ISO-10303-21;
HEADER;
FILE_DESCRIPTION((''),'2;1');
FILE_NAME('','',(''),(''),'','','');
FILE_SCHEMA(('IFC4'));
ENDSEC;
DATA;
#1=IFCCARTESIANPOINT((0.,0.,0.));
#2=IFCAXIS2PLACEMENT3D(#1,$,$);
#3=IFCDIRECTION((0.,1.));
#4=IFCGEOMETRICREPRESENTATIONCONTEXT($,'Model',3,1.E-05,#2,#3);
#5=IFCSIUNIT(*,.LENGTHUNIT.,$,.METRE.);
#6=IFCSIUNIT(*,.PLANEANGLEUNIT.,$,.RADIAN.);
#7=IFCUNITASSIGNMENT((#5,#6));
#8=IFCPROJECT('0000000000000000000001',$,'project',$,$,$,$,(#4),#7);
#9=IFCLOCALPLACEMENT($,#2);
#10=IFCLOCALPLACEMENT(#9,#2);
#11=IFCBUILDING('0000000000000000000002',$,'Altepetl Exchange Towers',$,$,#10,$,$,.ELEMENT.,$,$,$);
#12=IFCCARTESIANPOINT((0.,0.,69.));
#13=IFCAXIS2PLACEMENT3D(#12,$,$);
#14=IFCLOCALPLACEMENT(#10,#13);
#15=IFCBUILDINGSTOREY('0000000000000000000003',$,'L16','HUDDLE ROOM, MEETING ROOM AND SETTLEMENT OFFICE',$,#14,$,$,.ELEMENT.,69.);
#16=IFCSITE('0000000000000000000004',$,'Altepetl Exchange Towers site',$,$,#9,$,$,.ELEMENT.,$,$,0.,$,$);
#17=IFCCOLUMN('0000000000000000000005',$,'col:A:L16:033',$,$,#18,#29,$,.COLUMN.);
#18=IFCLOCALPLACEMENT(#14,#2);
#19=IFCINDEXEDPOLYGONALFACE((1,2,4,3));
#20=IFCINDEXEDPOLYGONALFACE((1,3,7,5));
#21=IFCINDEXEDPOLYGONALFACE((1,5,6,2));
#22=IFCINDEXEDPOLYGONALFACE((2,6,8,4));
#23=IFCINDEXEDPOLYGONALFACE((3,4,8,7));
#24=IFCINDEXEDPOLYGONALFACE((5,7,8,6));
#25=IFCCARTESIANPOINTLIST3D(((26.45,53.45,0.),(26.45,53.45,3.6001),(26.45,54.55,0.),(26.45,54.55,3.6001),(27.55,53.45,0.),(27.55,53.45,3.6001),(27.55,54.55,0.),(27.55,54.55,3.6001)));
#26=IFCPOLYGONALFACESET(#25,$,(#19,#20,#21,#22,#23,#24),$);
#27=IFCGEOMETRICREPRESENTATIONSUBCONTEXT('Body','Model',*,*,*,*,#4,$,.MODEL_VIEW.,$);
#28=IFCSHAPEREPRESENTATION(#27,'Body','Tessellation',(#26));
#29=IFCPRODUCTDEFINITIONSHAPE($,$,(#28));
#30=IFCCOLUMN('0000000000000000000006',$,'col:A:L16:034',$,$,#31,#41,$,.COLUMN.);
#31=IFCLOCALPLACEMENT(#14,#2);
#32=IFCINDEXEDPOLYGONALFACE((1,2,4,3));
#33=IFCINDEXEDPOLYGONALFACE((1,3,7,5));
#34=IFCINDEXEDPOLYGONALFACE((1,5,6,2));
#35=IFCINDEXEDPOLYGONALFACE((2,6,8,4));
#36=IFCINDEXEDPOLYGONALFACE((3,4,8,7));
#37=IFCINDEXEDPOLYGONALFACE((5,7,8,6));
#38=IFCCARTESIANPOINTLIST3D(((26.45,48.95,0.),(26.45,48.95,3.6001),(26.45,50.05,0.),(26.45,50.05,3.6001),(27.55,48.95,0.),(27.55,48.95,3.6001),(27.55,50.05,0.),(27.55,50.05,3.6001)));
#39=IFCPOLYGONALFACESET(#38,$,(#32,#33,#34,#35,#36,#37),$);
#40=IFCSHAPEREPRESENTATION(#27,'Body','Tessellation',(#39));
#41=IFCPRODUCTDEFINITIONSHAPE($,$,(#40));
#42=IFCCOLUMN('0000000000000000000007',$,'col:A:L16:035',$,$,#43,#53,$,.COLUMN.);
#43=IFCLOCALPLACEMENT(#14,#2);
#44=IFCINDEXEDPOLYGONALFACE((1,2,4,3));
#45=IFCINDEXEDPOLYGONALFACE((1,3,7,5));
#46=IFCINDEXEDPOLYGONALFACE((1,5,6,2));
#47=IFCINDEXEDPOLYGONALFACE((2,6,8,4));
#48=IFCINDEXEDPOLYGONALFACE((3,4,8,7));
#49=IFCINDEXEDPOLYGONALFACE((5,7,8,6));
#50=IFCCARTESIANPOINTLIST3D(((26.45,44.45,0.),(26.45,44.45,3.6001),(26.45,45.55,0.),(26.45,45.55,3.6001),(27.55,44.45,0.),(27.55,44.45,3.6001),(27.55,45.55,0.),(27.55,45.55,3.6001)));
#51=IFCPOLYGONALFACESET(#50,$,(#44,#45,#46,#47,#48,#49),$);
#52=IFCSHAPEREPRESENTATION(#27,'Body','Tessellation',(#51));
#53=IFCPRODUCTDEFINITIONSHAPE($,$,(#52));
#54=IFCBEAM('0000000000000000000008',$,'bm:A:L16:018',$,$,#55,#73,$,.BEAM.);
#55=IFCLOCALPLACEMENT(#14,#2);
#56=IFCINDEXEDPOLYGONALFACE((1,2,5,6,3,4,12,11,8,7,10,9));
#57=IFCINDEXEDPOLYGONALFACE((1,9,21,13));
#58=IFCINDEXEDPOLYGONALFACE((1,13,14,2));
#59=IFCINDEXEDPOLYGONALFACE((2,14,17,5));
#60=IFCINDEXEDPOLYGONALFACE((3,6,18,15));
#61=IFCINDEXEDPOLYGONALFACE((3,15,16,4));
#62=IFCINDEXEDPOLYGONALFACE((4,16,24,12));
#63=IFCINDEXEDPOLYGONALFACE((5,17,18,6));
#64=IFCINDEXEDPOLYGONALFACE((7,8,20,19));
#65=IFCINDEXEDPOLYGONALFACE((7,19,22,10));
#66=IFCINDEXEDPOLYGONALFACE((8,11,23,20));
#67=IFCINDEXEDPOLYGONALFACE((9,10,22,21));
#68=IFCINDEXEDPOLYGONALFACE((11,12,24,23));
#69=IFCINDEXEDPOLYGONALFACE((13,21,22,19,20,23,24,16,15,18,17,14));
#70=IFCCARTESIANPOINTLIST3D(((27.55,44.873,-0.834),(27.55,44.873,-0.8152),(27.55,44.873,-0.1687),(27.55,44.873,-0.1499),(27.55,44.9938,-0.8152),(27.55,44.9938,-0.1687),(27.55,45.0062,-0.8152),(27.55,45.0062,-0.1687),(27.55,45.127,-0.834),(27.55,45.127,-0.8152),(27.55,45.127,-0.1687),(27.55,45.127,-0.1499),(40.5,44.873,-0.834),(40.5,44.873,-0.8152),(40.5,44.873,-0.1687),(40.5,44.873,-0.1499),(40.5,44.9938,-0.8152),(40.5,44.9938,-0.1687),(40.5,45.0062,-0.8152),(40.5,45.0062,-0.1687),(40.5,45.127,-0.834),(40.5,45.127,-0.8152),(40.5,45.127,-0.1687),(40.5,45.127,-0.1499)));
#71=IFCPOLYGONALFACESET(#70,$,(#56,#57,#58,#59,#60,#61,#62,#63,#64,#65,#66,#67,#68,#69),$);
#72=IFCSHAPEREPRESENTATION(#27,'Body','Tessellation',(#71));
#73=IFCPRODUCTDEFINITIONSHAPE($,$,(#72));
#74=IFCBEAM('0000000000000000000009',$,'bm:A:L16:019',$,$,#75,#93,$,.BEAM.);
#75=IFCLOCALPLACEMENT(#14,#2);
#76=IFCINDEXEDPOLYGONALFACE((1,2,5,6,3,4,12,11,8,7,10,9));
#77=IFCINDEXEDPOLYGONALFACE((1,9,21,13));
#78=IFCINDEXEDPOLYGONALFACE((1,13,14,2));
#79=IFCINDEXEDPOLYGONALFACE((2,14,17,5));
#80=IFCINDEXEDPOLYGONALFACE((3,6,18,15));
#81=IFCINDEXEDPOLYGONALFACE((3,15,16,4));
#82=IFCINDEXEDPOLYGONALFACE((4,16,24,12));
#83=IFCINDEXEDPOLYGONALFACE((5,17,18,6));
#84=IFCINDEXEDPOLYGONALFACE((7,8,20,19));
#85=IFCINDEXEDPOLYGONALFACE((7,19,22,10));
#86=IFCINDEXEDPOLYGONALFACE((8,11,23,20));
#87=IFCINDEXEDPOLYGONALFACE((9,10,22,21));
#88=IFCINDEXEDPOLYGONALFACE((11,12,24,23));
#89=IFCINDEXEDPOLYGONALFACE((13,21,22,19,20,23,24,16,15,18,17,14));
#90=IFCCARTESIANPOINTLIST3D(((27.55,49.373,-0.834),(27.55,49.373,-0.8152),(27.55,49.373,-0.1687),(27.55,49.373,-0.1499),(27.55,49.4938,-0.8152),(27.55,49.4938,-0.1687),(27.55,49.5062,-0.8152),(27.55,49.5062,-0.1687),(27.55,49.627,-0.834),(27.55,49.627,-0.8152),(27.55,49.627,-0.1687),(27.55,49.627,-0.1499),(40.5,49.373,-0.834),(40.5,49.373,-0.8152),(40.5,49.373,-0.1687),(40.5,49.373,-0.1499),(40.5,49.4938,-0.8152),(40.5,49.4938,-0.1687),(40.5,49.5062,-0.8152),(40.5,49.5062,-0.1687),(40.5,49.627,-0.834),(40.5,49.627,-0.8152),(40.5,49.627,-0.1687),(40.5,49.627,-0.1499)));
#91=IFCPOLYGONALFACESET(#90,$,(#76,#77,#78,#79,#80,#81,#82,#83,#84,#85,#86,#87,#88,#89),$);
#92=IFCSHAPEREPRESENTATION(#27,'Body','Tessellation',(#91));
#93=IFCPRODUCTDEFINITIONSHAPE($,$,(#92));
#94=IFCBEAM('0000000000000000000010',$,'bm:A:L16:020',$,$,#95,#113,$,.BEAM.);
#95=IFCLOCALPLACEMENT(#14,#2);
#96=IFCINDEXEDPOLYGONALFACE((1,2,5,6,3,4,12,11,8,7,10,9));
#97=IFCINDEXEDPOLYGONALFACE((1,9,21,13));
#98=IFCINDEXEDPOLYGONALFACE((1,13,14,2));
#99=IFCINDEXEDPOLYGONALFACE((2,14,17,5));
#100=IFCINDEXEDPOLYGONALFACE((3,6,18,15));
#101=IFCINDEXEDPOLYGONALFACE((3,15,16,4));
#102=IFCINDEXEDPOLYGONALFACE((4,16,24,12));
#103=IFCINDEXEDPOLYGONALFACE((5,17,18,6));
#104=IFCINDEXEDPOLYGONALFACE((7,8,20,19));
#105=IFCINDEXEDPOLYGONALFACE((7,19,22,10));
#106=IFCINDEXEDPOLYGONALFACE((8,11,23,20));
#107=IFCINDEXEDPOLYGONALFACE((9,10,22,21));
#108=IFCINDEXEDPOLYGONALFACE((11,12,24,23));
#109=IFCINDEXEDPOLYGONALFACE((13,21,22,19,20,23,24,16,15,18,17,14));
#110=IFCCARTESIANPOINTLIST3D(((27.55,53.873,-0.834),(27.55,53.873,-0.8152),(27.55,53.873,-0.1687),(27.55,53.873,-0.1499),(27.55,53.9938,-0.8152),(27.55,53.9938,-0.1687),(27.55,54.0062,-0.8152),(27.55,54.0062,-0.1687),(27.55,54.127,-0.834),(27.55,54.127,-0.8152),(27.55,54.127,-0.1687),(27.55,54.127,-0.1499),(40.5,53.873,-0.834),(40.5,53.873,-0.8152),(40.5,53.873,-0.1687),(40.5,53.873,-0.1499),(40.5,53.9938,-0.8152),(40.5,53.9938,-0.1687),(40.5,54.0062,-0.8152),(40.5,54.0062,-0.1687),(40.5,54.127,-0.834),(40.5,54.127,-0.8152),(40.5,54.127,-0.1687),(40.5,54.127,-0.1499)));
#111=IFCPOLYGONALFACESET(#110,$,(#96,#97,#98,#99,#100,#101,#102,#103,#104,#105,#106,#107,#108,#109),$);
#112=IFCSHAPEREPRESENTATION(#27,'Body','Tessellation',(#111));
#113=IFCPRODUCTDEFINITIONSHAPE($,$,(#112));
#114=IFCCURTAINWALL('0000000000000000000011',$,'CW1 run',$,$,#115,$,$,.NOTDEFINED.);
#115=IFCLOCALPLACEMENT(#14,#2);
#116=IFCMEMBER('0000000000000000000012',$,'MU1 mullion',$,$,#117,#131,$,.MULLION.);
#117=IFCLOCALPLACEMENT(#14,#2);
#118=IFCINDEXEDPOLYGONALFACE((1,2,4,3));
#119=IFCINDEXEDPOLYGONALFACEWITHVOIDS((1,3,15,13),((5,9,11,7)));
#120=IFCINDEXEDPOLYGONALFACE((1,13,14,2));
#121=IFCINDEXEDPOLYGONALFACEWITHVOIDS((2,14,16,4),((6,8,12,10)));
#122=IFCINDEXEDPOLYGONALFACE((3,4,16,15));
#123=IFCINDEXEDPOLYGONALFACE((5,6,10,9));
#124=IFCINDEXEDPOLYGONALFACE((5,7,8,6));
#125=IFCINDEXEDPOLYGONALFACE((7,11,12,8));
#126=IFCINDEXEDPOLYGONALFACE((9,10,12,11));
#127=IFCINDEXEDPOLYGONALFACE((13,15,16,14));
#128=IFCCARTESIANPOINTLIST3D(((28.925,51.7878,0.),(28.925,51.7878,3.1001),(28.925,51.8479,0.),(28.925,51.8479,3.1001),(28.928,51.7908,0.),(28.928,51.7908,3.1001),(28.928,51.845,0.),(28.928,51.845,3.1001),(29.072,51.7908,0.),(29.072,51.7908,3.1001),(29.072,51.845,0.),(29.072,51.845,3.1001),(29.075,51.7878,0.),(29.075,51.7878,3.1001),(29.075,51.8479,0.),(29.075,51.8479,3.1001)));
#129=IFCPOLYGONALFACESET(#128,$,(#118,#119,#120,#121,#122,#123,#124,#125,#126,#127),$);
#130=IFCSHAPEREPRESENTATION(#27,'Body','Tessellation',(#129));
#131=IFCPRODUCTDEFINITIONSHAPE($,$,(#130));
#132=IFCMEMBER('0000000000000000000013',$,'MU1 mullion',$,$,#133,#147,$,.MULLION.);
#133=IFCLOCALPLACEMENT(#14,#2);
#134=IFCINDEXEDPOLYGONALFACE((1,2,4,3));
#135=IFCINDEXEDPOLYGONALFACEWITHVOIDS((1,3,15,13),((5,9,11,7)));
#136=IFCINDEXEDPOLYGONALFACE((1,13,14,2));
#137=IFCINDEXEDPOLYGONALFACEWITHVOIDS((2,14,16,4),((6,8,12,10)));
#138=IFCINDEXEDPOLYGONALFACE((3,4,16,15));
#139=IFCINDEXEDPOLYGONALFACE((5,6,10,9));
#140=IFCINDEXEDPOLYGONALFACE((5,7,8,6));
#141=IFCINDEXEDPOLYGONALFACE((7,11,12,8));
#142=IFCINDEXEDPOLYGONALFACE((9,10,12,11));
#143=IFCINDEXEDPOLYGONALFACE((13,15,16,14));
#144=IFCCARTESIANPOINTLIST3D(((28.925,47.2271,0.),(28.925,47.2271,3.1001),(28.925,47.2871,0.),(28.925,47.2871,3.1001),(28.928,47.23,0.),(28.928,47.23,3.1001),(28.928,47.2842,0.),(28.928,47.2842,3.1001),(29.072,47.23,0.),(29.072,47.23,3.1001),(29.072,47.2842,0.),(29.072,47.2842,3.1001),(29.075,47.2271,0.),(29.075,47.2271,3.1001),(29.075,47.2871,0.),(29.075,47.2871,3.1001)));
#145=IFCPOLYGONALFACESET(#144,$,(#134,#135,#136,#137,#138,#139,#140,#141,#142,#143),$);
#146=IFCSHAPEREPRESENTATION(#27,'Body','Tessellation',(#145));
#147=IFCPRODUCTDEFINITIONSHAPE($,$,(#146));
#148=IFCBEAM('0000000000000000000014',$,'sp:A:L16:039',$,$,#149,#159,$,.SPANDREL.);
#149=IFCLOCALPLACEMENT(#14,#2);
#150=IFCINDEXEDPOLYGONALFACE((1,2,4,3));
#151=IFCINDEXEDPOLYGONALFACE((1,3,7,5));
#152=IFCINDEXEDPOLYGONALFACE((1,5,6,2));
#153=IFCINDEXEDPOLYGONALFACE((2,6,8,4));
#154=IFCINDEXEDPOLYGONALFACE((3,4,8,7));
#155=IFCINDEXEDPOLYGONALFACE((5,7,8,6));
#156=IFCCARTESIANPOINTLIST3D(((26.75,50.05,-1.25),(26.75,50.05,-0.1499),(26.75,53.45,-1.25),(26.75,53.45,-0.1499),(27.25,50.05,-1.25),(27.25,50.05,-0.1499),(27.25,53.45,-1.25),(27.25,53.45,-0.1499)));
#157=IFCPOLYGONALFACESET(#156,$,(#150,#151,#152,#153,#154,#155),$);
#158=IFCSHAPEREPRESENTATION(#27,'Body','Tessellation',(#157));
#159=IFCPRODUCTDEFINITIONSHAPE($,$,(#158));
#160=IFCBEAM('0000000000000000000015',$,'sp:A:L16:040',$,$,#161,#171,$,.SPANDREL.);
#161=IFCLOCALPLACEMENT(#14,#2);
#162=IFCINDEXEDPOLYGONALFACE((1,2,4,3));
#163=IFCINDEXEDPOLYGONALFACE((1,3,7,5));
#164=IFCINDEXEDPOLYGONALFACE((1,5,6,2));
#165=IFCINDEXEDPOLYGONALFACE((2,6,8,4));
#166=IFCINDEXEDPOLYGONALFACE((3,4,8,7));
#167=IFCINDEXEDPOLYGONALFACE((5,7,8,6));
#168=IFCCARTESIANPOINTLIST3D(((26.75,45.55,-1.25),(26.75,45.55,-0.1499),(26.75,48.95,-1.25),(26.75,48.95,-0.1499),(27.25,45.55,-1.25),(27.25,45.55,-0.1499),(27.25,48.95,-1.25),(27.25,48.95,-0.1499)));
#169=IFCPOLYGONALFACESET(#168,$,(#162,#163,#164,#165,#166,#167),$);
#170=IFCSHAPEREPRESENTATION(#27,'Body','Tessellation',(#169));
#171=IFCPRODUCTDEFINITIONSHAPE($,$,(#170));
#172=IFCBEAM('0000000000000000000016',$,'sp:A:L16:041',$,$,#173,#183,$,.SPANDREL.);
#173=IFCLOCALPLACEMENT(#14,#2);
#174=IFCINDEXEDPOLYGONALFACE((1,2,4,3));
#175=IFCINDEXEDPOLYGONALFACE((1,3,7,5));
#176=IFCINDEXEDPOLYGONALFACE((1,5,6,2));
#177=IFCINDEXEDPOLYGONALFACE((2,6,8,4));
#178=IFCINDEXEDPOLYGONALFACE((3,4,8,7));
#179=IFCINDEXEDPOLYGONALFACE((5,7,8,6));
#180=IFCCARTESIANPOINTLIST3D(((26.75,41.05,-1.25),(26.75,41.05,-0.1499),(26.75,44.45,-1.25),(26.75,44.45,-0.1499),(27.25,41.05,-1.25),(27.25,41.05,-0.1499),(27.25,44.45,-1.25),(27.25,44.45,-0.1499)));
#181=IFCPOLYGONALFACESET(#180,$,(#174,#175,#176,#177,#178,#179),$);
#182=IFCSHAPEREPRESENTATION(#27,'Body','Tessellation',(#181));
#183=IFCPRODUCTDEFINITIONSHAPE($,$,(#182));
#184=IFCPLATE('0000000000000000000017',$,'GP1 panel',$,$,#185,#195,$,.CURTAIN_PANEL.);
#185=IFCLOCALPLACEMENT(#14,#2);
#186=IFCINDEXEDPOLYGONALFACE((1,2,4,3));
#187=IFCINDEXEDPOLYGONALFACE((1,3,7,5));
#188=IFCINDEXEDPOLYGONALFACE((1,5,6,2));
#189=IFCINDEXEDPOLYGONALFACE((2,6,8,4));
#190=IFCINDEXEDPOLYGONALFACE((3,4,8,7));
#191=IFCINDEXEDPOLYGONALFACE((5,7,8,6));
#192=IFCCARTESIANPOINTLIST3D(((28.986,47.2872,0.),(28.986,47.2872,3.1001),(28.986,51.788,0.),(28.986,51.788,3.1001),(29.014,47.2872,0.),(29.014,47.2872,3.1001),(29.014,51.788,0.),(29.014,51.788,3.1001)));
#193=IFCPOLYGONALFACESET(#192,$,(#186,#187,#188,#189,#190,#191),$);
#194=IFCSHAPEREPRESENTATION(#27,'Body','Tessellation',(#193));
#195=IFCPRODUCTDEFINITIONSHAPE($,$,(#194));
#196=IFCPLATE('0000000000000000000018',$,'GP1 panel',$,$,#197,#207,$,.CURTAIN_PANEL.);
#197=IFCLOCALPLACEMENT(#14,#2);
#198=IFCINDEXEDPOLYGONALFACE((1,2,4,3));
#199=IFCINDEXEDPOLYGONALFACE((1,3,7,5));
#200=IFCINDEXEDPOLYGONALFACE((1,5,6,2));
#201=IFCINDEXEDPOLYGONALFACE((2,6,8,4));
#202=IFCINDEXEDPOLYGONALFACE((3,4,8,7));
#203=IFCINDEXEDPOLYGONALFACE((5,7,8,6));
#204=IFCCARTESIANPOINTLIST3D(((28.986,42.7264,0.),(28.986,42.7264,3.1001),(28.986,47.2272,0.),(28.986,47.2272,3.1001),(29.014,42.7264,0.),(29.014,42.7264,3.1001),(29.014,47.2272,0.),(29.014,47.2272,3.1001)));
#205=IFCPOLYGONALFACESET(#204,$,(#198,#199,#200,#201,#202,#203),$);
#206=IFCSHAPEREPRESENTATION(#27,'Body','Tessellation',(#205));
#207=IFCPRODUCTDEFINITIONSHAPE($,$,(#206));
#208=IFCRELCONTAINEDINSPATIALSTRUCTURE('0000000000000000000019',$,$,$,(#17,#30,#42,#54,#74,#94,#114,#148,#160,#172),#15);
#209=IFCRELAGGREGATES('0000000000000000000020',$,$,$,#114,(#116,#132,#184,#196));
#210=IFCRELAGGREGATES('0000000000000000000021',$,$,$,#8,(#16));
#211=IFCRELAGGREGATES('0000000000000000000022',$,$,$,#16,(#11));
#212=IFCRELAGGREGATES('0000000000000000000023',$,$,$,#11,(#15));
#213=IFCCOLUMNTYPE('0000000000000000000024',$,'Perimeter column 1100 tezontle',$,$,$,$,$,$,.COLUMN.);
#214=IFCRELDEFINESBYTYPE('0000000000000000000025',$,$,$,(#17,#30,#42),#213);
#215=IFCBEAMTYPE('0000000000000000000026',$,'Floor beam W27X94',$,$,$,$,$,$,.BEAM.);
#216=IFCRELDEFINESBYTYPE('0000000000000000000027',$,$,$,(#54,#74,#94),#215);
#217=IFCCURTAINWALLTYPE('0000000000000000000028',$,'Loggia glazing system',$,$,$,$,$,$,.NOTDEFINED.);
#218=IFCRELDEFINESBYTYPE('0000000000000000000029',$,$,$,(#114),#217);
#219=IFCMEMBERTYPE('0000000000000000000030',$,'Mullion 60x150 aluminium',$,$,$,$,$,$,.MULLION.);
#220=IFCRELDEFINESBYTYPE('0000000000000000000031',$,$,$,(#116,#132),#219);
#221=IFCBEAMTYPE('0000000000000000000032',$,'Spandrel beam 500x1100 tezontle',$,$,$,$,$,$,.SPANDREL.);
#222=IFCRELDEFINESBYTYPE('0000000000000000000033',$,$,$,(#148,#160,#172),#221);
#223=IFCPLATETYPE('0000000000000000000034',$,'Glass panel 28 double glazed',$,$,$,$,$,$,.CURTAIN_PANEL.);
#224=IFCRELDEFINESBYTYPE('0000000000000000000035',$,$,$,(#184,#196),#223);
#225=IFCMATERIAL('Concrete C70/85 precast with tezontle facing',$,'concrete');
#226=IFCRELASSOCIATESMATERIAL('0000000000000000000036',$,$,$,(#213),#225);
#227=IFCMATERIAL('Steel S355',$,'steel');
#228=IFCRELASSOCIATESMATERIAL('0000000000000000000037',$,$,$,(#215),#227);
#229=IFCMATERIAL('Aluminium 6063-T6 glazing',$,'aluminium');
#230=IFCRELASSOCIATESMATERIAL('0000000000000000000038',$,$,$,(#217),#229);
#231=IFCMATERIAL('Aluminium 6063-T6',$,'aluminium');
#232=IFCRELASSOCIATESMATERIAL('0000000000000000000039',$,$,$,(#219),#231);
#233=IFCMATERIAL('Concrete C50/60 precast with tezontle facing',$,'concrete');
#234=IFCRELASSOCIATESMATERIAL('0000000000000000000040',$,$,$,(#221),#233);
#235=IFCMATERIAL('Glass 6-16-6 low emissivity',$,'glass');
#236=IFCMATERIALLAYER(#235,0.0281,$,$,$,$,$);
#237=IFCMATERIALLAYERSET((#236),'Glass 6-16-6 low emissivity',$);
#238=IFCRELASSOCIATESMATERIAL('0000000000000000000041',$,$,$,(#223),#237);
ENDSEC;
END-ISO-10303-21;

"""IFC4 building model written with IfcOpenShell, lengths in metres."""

from ifc_helpers import new_model, si_unit, direction, frame, origin, origin_2d, place, context, subcontext, project, spatial, rectangle, hollow_rectangle, i_section, extrude, material, layer, layer_set, material_profile, profile_set, type_object, element, aggregate, save


model = new_model("IFC4")

# Units and contexts
model_context = context("Model", 3, precision=1e-05, world=origin(), true_north=direction((0.0, 1.0)))
body_context = subcontext(model_context, "Body", "Model", "MODEL_VIEW")
ifc_project = project(units=[si_unit("LENGTHUNIT", "METRE"), si_unit("PLANEANGLEUNIT", "RADIAN")], contexts=[model_context])

# Site, building, storey
site_placement = place(None, origin())
site = spatial("IfcSite", under=ifc_project, at=site_placement, Name="Altepetl Exchange Towers site", CompositionType="ELEMENT", RefElevation=0.0)
building_placement = place(site_placement, origin())
building = spatial("IfcBuilding", under=site, at=building_placement, Name="Altepetl Exchange Towers", CompositionType="ELEMENT")
storey_placement = place(building_placement, frame((0.0, 0.0, 69.0)))
storey = spatial("IfcBuildingStorey", under=building, at=storey_placement, Name="L16", Description="HUDDLE ROOM, MEETING ROOM AND SETTLEMENT OFFICE", CompositionType="ELEMENT", Elevation=69.0)

# Columns
ifc_material_1 = material(Name="Concrete C70/85 precast with tezontle facing", Category="concrete")
ifc_material_profile_1 = material_profile(ifc_material_1, rectangle(XDim=1.1001, YDim=1.1001, at=origin_2d()), Name="1100 x 1100")
ifc_profile_set_1 = profile_set([ifc_material_profile_1], Name="Concrete C70/85 precast with tezontle facing")
column_type = type_object("IfcColumnType", Name="Perimeter column 1100 tezontle", PredefinedType="COLUMN", material=ifc_profile_set_1)
for number, where, name in (
    (1, (27.0, 54.0, 0.0), "col:A:L16:033"),
    (2, (27.0, 49.5, 0.0), "col:A:L16:034"),
    (3, (27.0, 45.0, 0.0), "col:A:L16:035"),
):
    element("IfcColumn", number, at=place(storey_placement, frame(where)), inside=storey, type_object=column_type, Name=name, PredefinedType="COLUMN", context=body_context, shape_type="SweptSolid", body=[
        extrude(rectangle(XDim=1.1001, YDim=1.1001, at=origin_2d()), origin(), (0.0, 0.0, 1.0), 3.6001),
    ])

# Beams
ifc_material_2 = material(Name="Steel S355", Category="steel")
ifc_material_profile_2 = material_profile(ifc_material_2, i_section(OverallWidth=0.2539, OverallDepth=0.6841, WebThickness=0.0125, FlangeThickness=0.0188, at=origin_2d()), Name="W27X94")
ifc_profile_set_2 = profile_set([ifc_material_profile_2], Name="Steel S355")
beam_type_1 = type_object("IfcBeamType", Name="Floor beam W27X94", PredefinedType="BEAM", material=ifc_profile_set_2)
for number, where, z_axis, x_axis, name in (
    (4, (27.55, 45.0, -0.4919), (1.0, 0.0, 0.0), (0.0, 1.0, 0.0), "bm:A:L16:018"),
    (5, (27.55, 49.5, -0.4919), (1.0, 0.0, 0.0), (0.0, 1.0, 0.0), "bm:A:L16:019"),
    (6, (27.55, 54.0, -0.4919), (1.0, 0.0, 0.0), (0.0, 1.0, 0.0), "bm:A:L16:020"),
):
    element("IfcBeam", number, at=place(storey_placement, frame(where, z_axis=z_axis, x_axis=x_axis)), inside=storey, type_object=beam_type_1, Name=name, PredefinedType="BEAM", context=body_context, shape_type="SweptSolid", body=[
        extrude(i_section(OverallWidth=0.2539, OverallDepth=0.6841, WebThickness=0.0125, FlangeThickness=0.0188, at=origin_2d()), origin(), (0.0, 0.0, 1.0), 12.95),
    ])

# Curtain wall, members
ifc_material_3 = material(Name="Aluminium 6063-T6 glazing", Category="aluminium")
curtain_wall_type = type_object("IfcCurtainWallType", Name="Loggia glazing system", PredefinedType="NOTDEFINED", material=ifc_material_3)
curtain_wall_placement = place(storey_placement, origin())
curtain_wall = element("IfcCurtainWall", 7, at=curtain_wall_placement, inside=storey, type_object=curtain_wall_type, Name="CW1 run", PredefinedType="NOTDEFINED")
ifc_material_4 = material(Name="Aluminium 6063-T6", Category="aluminium")
ifc_material_profile_3 = material_profile(ifc_material_4, hollow_rectangle(XDim=0.0601, YDim=0.1499, WallThickness=0.0029, at=origin_2d()), Name="Mullion 60x150 aluminium")
ifc_profile_set_3 = profile_set([ifc_material_profile_3], Name="Aluminium 6063-T6")
member_type = type_object("IfcMemberType", Name="Mullion 60x150 aluminium", PredefinedType="MULLION", material=ifc_profile_set_3)
member_1_placement = place(storey_placement, frame((29.0, 51.8179, 0.0), z_axis=(0.0, 0.0, 1.0), x_axis=(0.0, -1.0, 0.0)))
member_1 = element("IfcMember", 8, at=member_1_placement, type_object=member_type, Name="MU1 mullion", PredefinedType="MULLION", context=body_context, shape_type="SweptSolid", body=[
    extrude(hollow_rectangle(XDim=0.0601, YDim=0.1499, WallThickness=0.0029, at=origin_2d()), origin(), (0.0, 0.0, 1.0), 3.1001),
])
member_2_placement = place(storey_placement, frame((29.0, 47.2571, 0.0), z_axis=(0.0, 0.0, 1.0), x_axis=(0.0, -1.0, 0.0)))
member_2 = element("IfcMember", 9, at=member_2_placement, type_object=member_type, Name="MU1 mullion", PredefinedType="MULLION", context=body_context, shape_type="SweptSolid", body=[
    extrude(hollow_rectangle(XDim=0.0601, YDim=0.1499, WallThickness=0.0029, at=origin_2d()), origin(), (0.0, 0.0, 1.0), 3.1001),
])

# Beams
ifc_material_5 = material(Name="Concrete C50/60 precast with tezontle facing", Category="concrete")
ifc_material_profile_4 = material_profile(ifc_material_5, rectangle(XDim=0.5, YDim=1.1001, at=origin_2d()), Name="500 x 1100")
ifc_profile_set_4 = profile_set([ifc_material_profile_4], Name="Concrete C50/60 precast with tezontle facing")
beam_type_2 = type_object("IfcBeamType", Name="Spandrel beam 500x1100 tezontle", PredefinedType="SPANDREL", material=ifc_profile_set_4)
for number, where, z_axis, x_axis, name in (
    (10, (27.0, 53.45, -0.7), (0.0, -1.0, 0.0), (1.0, 0.0, 0.0), "sp:A:L16:039"),
    (11, (27.0, 48.95, -0.7), (0.0, -1.0, 0.0), (1.0, 0.0, 0.0), "sp:A:L16:040"),
    (12, (27.0, 44.45, -0.7), (0.0, -1.0, 0.0), (1.0, 0.0, 0.0), "sp:A:L16:041"),
):
    element("IfcBeam", number, at=place(storey_placement, frame(where, z_axis=z_axis, x_axis=x_axis)), inside=storey, type_object=beam_type_2, Name=name, PredefinedType="SPANDREL", context=body_context, shape_type="SweptSolid", body=[
        extrude(rectangle(XDim=0.5, YDim=1.1001, at=origin_2d()), origin(), (0.0, 0.0, 1.0), 3.3999),
    ])

# Plates
ifc_material_6 = material(Name="Glass 6-16-6 low emissivity", Category="glass")
ifc_layer_1 = layer(ifc_material_6, 0.0281)
ifc_layer_set_1 = layer_set([ifc_layer_1], Name="Glass 6-16-6 low emissivity")
plate_type = type_object("IfcPlateType", Name="Glass panel 28 double glazed", PredefinedType="CURTAIN_PANEL", material=ifc_layer_set_1)
plate_1_placement = place(storey_placement, frame((29.0, 49.5376, 0.0), z_axis=(0.0, 0.0, 1.0), x_axis=(0.0, -1.0, 0.0)))
plate_1 = element("IfcPlate", 13, at=plate_1_placement, type_object=plate_type, Name="GP1 panel", PredefinedType="CURTAIN_PANEL", context=body_context, shape_type="SweptSolid", body=[
    extrude(rectangle(XDim=4.5007, YDim=0.0281, at=origin_2d()), origin(), (0.0, 0.0, 1.0), 3.1001),
])
plate_2_placement = place(storey_placement, frame((29.0, 44.9768, 0.0), z_axis=(0.0, 0.0, 1.0), x_axis=(0.0, -1.0, 0.0)))
plate_2 = element("IfcPlate", 14, at=plate_2_placement, type_object=plate_type, Name="GP1 panel", PredefinedType="CURTAIN_PANEL", context=body_context, shape_type="SweptSolid", body=[
    extrude(rectangle(XDim=4.5007, YDim=0.0281, at=origin_2d()), origin(), (0.0, 0.0, 1.0), 3.1001),
])
aggregate(curtain_wall, [member_1, member_2, plate_1, plate_2])

save(model, "model.ifc")
